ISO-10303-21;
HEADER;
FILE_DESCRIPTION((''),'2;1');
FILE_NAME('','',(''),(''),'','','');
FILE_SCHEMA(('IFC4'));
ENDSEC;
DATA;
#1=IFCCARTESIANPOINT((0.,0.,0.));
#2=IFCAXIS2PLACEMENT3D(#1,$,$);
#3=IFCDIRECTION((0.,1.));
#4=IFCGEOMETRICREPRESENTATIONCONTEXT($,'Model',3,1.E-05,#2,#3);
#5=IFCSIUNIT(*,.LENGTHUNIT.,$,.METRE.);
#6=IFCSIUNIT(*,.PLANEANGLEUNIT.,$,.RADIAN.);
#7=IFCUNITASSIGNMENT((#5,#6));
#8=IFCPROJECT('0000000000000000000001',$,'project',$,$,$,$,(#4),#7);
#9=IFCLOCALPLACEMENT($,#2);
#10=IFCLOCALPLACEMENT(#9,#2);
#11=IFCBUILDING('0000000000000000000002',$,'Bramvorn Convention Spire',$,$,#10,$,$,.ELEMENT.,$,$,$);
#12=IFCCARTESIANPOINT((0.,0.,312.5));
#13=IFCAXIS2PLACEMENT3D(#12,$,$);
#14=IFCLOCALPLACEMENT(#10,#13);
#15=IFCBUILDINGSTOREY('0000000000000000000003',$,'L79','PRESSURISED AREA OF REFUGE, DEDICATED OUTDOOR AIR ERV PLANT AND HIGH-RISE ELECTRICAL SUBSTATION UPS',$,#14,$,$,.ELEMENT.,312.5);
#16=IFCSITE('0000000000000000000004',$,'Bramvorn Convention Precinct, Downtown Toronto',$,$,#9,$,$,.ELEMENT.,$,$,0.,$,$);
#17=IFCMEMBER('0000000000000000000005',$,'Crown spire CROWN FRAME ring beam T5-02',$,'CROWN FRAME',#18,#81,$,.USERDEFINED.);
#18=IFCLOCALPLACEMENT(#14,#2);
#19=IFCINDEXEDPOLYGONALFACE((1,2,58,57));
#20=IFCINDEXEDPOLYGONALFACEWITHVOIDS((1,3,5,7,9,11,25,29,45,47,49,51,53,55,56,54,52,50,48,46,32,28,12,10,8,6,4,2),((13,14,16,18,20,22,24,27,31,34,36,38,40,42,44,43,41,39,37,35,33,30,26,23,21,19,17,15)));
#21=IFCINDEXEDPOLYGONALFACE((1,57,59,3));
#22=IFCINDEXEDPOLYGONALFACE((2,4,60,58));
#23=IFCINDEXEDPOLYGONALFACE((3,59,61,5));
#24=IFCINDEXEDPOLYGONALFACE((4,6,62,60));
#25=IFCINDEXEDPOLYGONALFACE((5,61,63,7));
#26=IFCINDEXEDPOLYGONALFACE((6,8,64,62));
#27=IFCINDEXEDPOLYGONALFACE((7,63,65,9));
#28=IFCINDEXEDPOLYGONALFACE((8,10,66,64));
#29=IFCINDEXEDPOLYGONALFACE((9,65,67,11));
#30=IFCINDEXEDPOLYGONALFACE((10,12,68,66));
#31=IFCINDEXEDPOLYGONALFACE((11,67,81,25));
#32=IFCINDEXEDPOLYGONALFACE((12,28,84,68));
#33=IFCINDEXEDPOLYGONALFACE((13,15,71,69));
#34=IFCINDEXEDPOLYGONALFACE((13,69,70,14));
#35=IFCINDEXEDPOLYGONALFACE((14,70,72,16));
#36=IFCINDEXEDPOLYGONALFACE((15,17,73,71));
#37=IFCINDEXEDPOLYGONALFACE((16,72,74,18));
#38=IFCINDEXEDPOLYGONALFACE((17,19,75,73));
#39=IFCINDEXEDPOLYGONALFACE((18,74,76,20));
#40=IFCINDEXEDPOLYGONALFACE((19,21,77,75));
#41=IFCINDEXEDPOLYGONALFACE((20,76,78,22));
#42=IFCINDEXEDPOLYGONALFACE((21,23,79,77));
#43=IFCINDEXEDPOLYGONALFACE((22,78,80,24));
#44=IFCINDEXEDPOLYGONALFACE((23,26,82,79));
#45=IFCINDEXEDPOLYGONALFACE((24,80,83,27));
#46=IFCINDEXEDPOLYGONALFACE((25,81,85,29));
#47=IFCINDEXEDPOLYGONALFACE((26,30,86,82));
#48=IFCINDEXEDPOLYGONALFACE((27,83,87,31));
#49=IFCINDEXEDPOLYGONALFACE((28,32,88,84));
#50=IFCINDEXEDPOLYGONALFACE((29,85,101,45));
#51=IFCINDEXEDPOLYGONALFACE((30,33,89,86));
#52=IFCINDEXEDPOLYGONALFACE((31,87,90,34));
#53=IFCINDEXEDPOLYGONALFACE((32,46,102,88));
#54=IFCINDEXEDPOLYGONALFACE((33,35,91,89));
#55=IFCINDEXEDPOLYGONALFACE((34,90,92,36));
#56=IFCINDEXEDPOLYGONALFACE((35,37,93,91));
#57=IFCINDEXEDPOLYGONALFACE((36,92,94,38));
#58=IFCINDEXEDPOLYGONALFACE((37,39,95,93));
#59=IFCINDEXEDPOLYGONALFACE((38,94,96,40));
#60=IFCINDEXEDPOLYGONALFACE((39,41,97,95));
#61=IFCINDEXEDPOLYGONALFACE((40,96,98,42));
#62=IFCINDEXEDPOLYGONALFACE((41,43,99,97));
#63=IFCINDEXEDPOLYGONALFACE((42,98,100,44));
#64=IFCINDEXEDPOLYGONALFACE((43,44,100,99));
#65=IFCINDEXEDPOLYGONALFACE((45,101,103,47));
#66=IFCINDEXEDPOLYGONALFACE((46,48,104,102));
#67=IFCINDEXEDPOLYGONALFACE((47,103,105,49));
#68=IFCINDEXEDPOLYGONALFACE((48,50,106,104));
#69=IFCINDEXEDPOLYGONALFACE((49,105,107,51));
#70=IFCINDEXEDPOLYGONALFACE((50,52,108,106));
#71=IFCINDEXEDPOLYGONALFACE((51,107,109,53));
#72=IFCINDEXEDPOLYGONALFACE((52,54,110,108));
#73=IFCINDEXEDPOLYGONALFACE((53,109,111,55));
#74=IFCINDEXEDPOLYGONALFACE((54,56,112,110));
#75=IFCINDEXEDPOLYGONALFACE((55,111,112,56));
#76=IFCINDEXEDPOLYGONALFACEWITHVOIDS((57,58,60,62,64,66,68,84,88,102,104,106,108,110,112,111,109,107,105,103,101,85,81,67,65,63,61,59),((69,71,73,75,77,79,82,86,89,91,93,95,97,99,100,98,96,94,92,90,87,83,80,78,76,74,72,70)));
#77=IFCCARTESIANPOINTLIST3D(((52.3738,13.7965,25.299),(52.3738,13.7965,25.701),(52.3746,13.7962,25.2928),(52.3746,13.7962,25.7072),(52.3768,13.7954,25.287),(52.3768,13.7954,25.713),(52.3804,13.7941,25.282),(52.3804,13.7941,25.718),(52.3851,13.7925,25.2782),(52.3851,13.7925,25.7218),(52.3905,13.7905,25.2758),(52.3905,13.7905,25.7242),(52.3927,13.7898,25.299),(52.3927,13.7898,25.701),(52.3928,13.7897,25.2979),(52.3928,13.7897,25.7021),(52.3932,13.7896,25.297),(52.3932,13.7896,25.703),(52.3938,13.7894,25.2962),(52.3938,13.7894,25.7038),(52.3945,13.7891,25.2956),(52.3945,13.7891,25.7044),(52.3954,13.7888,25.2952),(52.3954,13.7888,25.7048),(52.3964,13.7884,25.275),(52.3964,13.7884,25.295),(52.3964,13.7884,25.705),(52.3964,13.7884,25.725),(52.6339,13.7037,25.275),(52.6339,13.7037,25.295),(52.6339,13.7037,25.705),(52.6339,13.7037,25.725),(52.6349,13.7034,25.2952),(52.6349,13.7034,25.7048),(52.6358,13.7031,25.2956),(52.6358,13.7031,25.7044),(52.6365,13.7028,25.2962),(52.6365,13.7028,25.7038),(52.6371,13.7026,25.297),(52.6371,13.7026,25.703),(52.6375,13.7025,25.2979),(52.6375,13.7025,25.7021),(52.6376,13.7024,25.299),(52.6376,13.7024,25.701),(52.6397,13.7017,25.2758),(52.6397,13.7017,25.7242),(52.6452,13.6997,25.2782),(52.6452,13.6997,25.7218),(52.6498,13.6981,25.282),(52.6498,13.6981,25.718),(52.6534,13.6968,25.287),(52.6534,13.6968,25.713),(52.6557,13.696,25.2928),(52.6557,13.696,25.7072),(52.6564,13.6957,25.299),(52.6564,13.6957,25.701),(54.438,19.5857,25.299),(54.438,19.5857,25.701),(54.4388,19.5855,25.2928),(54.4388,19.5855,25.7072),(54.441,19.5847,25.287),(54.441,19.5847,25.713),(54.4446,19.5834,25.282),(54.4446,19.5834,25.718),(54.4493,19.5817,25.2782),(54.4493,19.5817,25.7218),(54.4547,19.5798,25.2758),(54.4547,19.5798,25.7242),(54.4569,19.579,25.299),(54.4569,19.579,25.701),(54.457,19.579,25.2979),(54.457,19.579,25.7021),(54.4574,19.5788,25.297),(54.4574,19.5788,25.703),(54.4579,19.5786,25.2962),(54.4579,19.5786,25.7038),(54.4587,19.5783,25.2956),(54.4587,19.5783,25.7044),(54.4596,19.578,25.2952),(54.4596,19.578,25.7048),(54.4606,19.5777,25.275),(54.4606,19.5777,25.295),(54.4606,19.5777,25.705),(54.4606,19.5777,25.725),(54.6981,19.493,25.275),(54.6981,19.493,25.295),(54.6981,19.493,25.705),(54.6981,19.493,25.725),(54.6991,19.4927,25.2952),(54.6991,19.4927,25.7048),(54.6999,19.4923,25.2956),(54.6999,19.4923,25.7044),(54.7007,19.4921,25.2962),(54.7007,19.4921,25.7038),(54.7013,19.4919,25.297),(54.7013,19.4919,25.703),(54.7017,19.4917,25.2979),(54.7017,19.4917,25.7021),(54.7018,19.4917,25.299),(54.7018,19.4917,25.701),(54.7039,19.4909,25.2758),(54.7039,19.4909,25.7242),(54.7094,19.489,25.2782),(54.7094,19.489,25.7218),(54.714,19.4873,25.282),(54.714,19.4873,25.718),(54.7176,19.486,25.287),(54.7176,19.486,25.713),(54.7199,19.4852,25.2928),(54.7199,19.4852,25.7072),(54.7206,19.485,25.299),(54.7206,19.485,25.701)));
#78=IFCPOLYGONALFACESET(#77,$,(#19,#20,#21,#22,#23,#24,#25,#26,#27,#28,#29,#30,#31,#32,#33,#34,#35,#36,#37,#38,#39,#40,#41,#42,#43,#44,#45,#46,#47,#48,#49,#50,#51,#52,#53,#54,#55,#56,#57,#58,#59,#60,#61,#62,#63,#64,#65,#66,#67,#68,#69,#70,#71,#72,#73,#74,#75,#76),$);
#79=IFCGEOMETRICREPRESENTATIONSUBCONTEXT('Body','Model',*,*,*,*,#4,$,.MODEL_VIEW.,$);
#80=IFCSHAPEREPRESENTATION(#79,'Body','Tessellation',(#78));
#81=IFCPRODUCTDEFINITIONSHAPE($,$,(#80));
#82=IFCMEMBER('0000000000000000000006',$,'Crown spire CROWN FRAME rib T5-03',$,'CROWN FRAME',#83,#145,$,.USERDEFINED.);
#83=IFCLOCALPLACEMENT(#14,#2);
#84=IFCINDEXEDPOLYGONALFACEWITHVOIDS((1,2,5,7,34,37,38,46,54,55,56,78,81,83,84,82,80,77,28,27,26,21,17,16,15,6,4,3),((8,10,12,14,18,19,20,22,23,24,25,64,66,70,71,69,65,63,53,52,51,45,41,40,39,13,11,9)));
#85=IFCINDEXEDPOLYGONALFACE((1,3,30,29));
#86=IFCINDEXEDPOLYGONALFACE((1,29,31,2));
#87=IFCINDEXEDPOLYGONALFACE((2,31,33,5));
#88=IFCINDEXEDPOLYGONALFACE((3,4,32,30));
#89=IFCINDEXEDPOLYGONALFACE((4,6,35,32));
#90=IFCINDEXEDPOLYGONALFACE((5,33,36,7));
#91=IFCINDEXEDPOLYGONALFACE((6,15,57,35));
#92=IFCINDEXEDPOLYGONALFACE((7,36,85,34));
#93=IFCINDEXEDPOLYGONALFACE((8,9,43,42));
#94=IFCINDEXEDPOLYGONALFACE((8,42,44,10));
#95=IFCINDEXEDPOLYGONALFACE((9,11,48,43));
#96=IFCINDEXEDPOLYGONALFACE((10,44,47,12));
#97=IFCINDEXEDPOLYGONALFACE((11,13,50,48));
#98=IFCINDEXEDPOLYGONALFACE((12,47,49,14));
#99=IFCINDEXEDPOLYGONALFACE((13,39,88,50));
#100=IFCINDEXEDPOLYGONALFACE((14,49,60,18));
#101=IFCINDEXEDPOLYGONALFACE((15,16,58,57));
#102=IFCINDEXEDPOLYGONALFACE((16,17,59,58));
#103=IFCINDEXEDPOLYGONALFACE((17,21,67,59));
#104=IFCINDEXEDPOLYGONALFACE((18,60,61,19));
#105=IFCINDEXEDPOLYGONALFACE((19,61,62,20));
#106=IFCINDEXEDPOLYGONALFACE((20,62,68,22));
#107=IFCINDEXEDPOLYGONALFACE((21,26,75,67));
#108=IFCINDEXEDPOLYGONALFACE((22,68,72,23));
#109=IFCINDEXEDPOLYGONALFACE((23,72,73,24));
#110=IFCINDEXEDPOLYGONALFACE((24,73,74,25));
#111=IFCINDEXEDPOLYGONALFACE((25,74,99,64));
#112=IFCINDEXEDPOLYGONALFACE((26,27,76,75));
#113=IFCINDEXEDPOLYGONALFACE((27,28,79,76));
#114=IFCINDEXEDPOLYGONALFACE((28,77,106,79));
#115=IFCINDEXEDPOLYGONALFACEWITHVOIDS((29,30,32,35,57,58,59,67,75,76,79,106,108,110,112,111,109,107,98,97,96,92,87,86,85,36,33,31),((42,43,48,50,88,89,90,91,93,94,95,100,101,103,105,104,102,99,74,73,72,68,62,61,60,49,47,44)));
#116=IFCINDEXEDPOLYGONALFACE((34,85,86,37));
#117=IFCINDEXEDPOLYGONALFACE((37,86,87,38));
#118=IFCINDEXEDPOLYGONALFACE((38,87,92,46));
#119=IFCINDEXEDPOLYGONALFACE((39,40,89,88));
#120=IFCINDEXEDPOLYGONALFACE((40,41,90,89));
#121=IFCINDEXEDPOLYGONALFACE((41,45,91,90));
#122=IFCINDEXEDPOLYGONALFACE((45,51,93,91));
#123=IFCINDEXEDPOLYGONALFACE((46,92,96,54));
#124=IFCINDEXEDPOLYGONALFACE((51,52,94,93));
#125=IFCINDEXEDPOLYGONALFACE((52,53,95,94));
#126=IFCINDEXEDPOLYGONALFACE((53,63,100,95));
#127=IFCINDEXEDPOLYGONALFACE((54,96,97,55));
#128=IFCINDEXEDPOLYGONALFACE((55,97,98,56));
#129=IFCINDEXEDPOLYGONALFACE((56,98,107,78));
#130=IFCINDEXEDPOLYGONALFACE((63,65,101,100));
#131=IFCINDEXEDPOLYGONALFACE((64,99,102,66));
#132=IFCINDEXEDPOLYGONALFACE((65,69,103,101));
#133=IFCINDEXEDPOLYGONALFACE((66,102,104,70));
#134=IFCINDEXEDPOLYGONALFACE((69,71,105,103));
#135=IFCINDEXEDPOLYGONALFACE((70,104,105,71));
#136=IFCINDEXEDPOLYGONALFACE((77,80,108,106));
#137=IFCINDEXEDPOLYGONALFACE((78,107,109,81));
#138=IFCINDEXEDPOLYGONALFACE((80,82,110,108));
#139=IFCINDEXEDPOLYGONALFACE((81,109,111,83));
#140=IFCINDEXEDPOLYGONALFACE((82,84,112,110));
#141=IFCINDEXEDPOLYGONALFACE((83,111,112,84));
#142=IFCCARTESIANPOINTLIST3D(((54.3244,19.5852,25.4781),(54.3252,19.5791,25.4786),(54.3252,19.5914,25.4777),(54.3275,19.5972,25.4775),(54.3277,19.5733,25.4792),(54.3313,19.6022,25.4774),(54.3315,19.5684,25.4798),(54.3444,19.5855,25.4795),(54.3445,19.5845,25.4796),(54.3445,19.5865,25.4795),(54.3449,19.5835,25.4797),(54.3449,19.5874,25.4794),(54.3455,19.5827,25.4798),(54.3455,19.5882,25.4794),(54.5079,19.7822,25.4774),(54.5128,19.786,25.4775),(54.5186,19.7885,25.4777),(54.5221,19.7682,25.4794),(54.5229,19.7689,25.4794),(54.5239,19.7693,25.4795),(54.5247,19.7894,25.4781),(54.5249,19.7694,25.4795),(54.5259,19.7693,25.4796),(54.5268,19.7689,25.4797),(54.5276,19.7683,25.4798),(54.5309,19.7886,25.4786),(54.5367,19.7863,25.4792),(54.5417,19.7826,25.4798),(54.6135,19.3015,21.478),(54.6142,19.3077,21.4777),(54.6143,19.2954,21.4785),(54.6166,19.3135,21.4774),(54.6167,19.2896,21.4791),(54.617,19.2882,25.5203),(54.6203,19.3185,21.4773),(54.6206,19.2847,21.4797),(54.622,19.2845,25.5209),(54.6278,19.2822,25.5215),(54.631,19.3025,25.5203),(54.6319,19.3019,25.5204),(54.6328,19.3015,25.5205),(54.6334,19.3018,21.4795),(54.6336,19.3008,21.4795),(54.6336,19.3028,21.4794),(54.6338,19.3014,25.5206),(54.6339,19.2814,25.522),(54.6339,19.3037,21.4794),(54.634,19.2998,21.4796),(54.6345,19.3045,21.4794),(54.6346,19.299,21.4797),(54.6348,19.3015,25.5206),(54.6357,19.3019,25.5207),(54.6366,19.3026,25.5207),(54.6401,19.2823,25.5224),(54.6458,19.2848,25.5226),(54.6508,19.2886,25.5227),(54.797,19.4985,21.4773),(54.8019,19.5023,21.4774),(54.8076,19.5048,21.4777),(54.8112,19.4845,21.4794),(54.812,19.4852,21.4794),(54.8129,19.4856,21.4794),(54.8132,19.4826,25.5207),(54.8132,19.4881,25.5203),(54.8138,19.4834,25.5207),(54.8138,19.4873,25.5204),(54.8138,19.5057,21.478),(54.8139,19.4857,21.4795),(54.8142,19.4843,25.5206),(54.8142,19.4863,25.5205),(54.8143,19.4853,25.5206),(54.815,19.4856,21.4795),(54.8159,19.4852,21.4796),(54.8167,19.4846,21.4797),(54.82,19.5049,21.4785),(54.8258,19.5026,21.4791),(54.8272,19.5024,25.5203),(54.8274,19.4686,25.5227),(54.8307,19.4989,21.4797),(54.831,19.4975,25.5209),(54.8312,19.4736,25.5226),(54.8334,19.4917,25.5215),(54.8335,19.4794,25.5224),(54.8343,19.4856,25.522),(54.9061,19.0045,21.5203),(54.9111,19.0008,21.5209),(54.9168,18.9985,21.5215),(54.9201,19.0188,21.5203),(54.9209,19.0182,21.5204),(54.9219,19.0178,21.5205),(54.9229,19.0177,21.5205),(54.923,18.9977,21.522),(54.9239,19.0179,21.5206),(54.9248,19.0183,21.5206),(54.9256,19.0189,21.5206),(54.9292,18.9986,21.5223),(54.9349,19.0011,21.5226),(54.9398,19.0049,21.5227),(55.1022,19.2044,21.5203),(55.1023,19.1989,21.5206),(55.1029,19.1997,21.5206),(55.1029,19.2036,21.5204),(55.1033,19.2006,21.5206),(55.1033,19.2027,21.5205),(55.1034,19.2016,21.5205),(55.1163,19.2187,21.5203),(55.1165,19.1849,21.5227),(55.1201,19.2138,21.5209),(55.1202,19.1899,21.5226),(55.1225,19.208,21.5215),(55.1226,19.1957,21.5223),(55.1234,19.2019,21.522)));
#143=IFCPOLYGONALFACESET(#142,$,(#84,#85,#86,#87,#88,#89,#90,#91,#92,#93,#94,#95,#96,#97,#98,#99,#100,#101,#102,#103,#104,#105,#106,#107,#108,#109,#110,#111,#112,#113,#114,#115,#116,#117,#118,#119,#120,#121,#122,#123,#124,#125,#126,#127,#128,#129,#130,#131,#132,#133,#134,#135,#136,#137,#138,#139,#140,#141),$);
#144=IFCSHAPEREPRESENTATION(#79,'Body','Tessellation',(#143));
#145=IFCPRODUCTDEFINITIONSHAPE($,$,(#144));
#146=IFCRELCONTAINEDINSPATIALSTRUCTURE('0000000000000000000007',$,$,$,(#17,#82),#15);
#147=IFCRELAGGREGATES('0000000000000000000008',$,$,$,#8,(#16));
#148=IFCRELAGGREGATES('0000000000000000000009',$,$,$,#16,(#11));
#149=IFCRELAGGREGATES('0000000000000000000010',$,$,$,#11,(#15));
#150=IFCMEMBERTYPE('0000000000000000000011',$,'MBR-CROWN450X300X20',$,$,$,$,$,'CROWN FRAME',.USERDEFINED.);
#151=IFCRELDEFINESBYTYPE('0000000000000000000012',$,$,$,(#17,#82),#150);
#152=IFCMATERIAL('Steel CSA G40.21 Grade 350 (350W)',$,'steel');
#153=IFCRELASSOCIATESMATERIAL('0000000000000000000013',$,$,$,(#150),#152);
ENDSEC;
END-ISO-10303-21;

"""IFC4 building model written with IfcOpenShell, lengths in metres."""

from ifc_helpers import new_model, si_unit, direction, frame, origin, origin_2d, place, context, subcontext, project, spatial, hollow_rectangle, extrude, material, material_profile, profile_set, type_object, element, save


model = new_model("IFC4")

# Units and contexts
model_context = context("Model", 3, precision=1e-05, world=origin(), true_north=direction((0.0, 1.0)))
body_context = subcontext(model_context, "Body", "Model", "MODEL_VIEW")
ifc_project = project(units=[si_unit("LENGTHUNIT", "METRE"), si_unit("PLANEANGLEUNIT", "RADIAN")], contexts=[model_context])

# Site, building, storey
site_placement = place(None, origin())
site = spatial("IfcSite", under=ifc_project, at=site_placement, Name="Bramvorn Convention Precinct, Downtown Toronto", CompositionType="ELEMENT", RefElevation=0.0)
building_placement = place(site_placement, origin())
building = spatial("IfcBuilding", under=site, at=building_placement, Name="Bramvorn Convention Spire", CompositionType="ELEMENT")
storey_placement = place(building_placement, frame((0.0, 0.0, 312.5)))
storey = spatial("IfcBuildingStorey", under=building, at=storey_placement, Name="L79", Description="PRESSURISED AREA OF REFUGE, DEDICATED OUTDOOR AIR ERV PLANT AND HIGH-RISE ELECTRICAL SUBSTATION UPS", CompositionType="ELEMENT", Elevation=312.5)

# Members
ifc_material_1 = material(Name="Steel CSA G40.21 Grade 350 (350W)", Category="steel")
ifc_material_profile = material_profile(ifc_material_1, hollow_rectangle(XDim=0.3, YDim=0.45, WallThickness=0.02, InnerFilletRadius=0.0039, OuterFilletRadius=0.0239, at=origin_2d()))
ifc_profile_set = profile_set([ifc_material_profile], Name="Steel CSA G40.21 Grade 350 (350W) - CROWN450X300X20")
member_type = type_object("IfcMemberType", Name="MBR-CROWN450X300X20", ElementType="CROWN FRAME", PredefinedType="USERDEFINED", material=ifc_profile_set)
member_1_placement = place(storey_placement, frame((52.5151, 13.7461, 25.5), z_axis=(0.335846, 0.941917, 0.0), x_axis=(-0.941917, 0.335846, 0.0)))
element("IfcMember", 1, at=member_1_placement, inside=storey, type_object=member_type, Name="Crown spire CROWN FRAME ring beam T5-02", ObjectType="CROWN FRAME", PredefinedType="USERDEFINED", context=body_context, shape_type="SweptSolid", body=[
    extrude(hollow_rectangle(XDim=0.3, YDim=0.45, WallThickness=0.02, InnerFilletRadius=0.0039, OuterFilletRadius=0.0239, at=origin_2d()), origin(), (0.0, 0.0, 1.0), 6.1462),
])
member_2_placement = place(storey_placement, frame((54.8684, 19.2517, 21.5), z_axis=(-0.071898, 0.070562, 0.994913), x_axis=(-0.700445, -0.713706, 0.0)))
element("IfcMember", 2, at=member_2_placement, inside=storey, type_object=member_type, Name="Crown spire CROWN FRAME rib T5-03", ObjectType="CROWN FRAME", PredefinedType="USERDEFINED", context=body_context, shape_type="SweptSolid", body=[
    extrude(hollow_rectangle(XDim=0.3, YDim=0.45, WallThickness=0.02, InnerFilletRadius=0.0039, OuterFilletRadius=0.0239, at=origin_2d()), origin(), (0.0, 0.0, 1.0), 4.0205),
])

save(model, "model.ifc")
